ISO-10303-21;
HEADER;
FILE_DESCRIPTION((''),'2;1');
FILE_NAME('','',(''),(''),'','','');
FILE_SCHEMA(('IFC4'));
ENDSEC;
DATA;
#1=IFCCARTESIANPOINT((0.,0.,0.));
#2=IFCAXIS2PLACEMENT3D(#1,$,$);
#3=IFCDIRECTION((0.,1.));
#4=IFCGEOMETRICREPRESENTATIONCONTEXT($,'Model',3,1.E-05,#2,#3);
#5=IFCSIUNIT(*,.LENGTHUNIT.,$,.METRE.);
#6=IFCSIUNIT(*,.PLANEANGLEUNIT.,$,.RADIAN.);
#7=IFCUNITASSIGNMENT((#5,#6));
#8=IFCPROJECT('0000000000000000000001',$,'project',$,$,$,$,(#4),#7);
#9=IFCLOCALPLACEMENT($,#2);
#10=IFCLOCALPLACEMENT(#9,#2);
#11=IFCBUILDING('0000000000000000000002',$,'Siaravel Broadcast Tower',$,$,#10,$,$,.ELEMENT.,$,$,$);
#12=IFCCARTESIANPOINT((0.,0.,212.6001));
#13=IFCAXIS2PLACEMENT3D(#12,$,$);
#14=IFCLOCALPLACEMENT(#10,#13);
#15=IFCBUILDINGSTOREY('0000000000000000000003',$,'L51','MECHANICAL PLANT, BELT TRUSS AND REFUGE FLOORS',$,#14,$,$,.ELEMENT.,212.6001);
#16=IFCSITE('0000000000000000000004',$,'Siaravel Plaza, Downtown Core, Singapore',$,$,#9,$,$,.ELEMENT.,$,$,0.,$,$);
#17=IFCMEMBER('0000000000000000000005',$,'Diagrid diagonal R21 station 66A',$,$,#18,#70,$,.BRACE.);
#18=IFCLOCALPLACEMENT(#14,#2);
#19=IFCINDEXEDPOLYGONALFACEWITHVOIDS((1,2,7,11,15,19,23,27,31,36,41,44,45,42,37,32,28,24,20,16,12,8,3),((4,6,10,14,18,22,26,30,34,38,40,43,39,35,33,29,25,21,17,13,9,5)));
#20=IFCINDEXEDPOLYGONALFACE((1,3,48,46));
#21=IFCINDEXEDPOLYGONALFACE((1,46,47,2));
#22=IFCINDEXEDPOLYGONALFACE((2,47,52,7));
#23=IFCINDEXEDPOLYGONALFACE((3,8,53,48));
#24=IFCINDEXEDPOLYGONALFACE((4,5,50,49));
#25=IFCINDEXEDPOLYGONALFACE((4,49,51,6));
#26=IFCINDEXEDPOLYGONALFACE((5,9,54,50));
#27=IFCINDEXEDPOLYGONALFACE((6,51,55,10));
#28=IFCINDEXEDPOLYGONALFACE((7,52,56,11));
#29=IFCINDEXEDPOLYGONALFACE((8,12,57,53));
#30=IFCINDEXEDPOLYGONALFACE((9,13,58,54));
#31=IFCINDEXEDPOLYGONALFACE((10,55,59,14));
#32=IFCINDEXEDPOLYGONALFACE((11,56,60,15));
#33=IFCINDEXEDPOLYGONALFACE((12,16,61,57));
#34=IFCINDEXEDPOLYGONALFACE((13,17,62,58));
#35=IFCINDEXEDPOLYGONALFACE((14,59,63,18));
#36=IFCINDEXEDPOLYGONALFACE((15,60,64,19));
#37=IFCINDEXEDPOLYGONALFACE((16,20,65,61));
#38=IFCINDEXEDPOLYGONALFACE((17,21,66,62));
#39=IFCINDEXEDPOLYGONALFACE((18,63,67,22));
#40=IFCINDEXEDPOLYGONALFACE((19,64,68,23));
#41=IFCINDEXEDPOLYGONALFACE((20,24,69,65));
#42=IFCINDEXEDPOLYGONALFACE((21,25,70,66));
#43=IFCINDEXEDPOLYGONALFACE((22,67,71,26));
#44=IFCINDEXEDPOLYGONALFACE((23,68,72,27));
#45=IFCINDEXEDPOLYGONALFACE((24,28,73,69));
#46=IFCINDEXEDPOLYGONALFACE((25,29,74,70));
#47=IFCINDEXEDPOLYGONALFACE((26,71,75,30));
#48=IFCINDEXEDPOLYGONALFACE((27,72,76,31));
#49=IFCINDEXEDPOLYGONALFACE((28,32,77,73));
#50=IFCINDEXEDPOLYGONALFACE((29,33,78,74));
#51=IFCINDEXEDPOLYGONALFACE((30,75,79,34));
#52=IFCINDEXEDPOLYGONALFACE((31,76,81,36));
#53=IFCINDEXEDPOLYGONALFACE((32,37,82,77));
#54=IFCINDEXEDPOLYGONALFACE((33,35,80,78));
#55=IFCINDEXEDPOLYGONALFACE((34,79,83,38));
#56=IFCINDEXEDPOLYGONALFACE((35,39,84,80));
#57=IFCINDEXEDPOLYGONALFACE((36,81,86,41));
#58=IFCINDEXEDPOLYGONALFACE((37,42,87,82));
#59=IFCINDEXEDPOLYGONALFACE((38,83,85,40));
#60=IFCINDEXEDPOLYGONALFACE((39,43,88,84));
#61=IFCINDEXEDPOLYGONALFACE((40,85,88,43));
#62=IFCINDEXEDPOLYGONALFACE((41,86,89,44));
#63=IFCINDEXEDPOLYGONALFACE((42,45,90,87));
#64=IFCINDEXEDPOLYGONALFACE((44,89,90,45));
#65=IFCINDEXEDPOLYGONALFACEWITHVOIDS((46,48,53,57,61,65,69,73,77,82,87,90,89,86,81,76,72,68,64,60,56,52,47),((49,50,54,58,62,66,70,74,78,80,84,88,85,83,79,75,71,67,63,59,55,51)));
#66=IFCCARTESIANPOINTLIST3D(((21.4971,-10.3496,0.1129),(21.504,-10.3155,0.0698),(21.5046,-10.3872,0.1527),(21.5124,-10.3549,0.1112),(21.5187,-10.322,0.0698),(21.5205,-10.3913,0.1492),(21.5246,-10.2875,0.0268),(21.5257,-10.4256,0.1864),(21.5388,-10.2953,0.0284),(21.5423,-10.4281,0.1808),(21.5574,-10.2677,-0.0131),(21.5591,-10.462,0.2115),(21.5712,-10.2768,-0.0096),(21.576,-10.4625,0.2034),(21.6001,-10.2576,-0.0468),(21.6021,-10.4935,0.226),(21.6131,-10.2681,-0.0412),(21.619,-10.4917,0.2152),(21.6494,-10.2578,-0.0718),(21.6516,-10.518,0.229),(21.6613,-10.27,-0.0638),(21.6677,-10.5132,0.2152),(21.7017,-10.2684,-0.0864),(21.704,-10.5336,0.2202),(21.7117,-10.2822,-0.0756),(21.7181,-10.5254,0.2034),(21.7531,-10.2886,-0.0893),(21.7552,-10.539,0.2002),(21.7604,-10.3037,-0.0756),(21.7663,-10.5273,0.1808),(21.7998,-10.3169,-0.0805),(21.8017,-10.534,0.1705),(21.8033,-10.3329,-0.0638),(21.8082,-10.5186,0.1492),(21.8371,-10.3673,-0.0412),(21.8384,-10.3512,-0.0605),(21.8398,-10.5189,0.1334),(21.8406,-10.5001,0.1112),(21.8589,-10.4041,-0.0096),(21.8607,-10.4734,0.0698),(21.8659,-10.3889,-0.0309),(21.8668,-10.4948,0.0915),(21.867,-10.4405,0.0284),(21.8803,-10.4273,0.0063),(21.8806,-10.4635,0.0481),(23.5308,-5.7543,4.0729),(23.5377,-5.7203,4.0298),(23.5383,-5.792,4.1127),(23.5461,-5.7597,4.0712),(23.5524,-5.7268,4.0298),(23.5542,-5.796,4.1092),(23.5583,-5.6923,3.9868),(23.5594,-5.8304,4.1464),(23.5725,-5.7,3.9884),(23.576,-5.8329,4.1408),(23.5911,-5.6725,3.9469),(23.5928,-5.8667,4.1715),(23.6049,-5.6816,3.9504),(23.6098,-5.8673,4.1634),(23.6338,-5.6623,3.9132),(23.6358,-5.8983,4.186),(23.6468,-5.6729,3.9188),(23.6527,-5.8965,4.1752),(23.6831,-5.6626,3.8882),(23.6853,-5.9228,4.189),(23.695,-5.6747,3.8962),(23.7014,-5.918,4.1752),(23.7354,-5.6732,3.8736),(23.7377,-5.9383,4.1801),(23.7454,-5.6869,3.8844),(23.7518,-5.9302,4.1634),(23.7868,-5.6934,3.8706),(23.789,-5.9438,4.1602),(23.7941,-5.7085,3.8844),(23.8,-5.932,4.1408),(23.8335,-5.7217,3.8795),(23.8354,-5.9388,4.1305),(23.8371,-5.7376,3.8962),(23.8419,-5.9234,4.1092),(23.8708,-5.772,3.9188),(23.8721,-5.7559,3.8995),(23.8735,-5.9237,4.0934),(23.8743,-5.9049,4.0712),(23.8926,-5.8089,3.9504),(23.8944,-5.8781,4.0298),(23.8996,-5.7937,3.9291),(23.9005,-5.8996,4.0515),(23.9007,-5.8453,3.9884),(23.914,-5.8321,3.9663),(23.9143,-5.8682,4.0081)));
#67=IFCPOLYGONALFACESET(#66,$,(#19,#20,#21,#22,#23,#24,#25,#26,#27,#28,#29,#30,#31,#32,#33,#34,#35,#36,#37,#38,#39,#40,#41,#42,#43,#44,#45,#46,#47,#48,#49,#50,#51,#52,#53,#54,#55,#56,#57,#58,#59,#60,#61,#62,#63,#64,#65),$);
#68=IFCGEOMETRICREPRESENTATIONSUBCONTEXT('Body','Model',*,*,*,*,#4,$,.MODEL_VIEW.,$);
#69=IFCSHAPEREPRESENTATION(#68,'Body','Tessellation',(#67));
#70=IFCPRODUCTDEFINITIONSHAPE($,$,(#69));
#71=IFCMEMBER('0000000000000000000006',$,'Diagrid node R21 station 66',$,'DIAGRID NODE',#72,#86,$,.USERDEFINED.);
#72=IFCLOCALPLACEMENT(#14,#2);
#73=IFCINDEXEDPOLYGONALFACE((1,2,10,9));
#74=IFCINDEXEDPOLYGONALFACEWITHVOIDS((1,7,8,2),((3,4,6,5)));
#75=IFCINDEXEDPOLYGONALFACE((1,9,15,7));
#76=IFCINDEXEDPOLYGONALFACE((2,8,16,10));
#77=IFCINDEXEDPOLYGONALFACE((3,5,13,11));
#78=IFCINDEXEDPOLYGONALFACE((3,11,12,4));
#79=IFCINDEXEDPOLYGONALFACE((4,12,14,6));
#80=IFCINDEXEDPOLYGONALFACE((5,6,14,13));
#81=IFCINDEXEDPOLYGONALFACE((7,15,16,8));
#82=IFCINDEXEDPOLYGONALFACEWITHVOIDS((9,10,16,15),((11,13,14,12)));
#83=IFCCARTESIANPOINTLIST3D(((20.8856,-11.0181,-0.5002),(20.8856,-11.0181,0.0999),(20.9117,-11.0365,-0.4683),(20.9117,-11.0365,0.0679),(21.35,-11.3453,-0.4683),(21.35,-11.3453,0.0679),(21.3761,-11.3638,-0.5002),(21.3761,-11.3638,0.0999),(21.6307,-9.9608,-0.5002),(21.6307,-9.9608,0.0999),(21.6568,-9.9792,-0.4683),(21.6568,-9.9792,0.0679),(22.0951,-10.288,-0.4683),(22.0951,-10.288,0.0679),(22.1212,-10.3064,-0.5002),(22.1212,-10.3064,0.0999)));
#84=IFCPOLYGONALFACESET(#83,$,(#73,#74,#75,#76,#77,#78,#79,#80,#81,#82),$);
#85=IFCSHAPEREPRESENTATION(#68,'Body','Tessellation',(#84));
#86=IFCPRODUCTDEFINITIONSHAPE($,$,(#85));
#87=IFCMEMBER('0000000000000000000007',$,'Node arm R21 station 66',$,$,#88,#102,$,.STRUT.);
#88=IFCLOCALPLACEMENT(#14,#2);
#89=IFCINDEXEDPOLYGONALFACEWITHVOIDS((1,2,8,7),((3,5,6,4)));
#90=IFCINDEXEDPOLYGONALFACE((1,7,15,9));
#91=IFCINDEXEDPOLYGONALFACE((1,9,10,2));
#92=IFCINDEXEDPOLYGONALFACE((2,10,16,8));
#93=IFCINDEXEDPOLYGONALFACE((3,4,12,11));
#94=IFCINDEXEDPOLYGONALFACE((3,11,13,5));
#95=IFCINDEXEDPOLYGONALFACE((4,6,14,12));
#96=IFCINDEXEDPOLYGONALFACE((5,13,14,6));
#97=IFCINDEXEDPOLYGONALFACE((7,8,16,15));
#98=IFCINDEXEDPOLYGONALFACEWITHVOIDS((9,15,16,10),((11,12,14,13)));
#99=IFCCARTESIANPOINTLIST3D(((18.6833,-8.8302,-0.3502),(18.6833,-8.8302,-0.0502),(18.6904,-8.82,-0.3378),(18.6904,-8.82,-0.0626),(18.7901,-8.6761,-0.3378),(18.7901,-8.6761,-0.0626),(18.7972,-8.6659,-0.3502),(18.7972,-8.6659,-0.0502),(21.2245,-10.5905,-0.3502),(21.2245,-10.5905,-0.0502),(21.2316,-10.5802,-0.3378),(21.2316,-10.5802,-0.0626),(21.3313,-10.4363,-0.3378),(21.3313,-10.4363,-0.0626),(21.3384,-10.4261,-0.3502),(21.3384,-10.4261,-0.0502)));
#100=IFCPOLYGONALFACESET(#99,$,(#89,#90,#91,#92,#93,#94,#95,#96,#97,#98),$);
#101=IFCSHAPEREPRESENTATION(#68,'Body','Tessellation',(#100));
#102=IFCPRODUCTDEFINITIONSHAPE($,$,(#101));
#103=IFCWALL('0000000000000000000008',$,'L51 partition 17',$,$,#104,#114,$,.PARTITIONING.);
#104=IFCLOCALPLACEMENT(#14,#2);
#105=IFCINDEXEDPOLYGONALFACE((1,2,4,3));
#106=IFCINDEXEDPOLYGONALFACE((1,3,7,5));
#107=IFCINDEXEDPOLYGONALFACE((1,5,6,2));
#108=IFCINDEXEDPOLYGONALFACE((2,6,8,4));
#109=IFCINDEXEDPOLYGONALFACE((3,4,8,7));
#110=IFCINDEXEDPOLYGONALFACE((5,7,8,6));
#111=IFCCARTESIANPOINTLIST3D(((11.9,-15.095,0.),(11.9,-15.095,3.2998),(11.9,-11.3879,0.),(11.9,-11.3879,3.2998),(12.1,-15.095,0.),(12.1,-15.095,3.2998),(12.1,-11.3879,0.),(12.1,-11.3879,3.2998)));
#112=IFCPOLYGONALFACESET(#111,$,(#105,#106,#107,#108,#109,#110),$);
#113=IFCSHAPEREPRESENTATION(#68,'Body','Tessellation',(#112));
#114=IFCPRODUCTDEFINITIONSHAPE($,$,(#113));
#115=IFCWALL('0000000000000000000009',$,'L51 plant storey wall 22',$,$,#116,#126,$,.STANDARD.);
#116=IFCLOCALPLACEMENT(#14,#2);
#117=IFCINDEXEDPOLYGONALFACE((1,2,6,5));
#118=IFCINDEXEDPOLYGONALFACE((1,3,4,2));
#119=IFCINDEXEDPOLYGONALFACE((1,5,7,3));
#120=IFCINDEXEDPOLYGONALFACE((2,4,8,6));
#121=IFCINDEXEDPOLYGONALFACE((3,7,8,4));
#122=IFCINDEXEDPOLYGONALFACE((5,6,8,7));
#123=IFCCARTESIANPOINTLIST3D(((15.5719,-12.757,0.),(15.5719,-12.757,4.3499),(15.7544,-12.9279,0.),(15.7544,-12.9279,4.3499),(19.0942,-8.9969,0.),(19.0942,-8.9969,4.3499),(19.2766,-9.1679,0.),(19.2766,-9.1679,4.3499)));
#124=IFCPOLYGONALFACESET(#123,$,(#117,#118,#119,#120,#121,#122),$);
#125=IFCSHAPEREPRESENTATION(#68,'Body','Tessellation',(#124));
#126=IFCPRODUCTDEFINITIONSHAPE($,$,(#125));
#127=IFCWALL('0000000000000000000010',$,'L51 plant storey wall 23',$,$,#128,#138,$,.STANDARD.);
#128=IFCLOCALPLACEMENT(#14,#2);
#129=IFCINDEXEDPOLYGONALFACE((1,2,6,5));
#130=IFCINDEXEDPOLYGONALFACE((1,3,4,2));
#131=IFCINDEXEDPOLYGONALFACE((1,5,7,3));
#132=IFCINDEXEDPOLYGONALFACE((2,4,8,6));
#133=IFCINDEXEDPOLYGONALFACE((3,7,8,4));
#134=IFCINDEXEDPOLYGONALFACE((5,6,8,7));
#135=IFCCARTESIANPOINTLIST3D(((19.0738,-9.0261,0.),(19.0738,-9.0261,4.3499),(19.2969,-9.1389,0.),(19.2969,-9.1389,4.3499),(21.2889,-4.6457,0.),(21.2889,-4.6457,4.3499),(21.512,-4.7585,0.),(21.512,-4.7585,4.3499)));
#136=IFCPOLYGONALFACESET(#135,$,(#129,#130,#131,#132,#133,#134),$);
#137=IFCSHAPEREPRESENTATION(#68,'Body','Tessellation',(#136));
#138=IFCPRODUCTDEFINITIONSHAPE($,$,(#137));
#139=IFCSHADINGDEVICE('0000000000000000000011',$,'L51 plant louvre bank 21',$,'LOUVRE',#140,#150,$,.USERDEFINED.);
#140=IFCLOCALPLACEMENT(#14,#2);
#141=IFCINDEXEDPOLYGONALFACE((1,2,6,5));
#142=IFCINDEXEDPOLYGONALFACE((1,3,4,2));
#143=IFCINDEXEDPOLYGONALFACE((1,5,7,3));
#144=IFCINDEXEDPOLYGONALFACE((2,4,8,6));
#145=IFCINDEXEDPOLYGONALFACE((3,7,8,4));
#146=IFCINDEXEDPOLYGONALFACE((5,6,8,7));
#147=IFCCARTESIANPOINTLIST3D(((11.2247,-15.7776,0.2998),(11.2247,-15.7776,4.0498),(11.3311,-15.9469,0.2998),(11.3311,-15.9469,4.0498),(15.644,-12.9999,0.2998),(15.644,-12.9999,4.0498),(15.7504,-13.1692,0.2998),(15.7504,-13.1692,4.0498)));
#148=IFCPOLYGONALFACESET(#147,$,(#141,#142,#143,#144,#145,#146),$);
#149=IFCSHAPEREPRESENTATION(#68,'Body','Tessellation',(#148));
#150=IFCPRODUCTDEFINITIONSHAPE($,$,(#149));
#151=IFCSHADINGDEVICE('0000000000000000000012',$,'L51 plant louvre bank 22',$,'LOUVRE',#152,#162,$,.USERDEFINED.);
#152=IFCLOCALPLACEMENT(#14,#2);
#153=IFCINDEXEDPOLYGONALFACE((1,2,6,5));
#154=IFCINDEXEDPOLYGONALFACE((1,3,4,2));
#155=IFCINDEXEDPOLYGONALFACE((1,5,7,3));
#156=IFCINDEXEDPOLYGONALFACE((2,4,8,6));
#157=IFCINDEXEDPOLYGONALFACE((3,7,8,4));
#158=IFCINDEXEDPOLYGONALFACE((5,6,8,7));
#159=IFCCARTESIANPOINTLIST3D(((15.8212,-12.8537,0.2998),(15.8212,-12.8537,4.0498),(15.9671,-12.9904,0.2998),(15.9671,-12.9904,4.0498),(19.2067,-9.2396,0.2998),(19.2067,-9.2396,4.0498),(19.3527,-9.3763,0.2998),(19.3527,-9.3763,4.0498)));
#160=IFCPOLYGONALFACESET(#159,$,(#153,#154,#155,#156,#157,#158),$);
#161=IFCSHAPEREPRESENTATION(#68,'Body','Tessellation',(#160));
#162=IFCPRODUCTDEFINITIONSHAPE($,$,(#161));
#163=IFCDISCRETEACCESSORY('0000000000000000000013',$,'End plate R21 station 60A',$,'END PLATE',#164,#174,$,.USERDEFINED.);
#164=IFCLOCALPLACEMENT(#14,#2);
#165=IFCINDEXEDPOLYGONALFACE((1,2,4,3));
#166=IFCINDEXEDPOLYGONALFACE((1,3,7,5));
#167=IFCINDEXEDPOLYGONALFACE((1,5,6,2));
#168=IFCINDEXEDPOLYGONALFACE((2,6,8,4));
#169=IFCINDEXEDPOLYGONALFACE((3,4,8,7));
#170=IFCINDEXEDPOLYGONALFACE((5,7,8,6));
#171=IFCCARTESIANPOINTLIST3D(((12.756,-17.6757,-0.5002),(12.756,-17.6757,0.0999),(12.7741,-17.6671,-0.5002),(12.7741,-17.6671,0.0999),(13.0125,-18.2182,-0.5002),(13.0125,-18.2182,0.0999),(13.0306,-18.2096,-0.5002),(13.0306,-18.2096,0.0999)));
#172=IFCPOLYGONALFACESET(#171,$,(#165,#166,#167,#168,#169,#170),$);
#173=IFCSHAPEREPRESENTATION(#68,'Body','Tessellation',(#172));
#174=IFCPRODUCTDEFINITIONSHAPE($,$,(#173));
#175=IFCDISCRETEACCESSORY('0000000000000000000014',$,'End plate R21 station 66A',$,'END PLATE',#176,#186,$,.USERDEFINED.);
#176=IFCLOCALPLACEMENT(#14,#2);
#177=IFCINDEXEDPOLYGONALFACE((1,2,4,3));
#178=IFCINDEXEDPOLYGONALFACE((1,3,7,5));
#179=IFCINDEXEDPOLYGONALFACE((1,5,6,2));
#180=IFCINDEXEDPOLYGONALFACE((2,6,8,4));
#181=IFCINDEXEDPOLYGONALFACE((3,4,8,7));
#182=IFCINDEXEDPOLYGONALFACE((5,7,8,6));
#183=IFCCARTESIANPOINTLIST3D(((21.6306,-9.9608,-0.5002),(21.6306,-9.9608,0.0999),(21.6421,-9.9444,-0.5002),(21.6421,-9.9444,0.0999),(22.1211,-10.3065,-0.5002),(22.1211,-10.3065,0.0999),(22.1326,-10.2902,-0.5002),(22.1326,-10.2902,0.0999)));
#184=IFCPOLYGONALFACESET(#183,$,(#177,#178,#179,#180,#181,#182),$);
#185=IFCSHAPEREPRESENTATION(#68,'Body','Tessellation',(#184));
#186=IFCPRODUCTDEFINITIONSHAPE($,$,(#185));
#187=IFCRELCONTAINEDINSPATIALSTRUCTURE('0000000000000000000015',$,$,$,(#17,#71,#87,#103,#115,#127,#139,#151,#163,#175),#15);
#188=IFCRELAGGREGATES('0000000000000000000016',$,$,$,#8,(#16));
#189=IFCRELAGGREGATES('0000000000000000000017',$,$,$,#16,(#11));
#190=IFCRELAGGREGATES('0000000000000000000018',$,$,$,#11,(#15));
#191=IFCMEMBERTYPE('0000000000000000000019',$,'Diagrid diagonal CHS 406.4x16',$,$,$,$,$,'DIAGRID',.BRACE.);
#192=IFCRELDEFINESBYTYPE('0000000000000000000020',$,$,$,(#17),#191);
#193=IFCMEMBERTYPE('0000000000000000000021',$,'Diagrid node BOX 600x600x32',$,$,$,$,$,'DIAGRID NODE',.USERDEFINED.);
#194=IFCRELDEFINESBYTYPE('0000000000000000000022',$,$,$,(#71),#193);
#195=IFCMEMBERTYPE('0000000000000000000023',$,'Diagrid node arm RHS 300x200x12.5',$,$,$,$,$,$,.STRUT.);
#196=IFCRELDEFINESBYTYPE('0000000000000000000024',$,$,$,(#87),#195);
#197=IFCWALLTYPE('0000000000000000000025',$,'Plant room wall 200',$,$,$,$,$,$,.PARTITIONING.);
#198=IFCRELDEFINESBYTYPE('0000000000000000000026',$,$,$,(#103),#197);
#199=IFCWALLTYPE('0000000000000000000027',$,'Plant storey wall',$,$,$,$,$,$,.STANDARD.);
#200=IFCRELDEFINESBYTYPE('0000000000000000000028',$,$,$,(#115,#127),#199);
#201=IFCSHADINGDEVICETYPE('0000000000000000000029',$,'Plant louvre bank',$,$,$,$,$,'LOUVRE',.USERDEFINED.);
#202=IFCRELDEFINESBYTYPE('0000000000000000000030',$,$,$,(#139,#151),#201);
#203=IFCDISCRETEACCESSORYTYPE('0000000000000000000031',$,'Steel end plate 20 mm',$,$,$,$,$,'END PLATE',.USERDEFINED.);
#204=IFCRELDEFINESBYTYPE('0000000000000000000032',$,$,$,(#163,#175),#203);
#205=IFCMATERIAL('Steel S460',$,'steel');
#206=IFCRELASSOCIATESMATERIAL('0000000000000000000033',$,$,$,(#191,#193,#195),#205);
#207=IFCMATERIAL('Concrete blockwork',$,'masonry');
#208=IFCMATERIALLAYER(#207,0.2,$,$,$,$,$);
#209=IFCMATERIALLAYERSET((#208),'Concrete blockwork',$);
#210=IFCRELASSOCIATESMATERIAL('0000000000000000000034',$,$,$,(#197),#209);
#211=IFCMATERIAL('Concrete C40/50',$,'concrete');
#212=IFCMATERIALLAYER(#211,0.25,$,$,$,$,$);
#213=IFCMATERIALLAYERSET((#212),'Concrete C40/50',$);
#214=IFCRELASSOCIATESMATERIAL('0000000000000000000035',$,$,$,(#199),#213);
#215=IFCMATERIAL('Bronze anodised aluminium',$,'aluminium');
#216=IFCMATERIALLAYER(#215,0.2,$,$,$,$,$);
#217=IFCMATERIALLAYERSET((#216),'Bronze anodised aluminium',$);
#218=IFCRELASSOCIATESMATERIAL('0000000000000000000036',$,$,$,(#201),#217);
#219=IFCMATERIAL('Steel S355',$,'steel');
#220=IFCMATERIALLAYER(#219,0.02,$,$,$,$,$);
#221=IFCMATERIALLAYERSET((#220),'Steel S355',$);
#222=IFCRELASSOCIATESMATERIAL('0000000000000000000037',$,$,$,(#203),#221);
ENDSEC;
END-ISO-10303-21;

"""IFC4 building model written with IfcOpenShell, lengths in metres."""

from ifc_helpers import new_model, si_unit, direction, frame, frame_2d, origin, origin_2d, place, context, subcontext, project, spatial, rectangle, hollow_rectangle, hollow_circle, extrude, material, layer, layer_set, material_profile, profile_set, type_object, element, save


model = new_model("IFC4")

# Units and contexts
model_context = context("Model", 3, precision=1e-05, world=origin(), true_north=direction((0.0, 1.0)))
body_context = subcontext(model_context, "Body", "Model", "MODEL_VIEW")
ifc_project = project(units=[si_unit("LENGTHUNIT", "METRE"), si_unit("PLANEANGLEUNIT", "RADIAN")], contexts=[model_context])

# Site, building, storey
site_placement = place(None, origin())
site = spatial("IfcSite", under=ifc_project, at=site_placement, Name="Siaravel Plaza, Downtown Core, Singapore", CompositionType="ELEMENT", RefElevation=0.0)
building_placement = place(site_placement, origin())
building = spatial("IfcBuilding", under=site, at=building_placement, Name="Siaravel Broadcast Tower", CompositionType="ELEMENT")
storey_placement = place(building_placement, frame((0.0, 0.0, 212.6001)))
storey = spatial("IfcBuildingStorey", under=building, at=storey_placement, Name="L51", Description="MECHANICAL PLANT, BELT TRUSS AND REFUGE FLOORS", CompositionType="ELEMENT", Elevation=212.6001)

# Shared definitions
ifc_material_1 = material(Name="Steel S355", Category="steel")
ifc_material_2 = material(Name="Steel S460", Category="steel")

# Members
ifc_material_profile_1 = material_profile(ifc_material_2, hollow_circle(Radius=0.2031, WallThickness=0.0161, at=origin_2d()))
ifc_profile_set_1 = profile_set([ifc_material_profile_1], Name="Steel S460")
member_type_1 = type_object("IfcMemberType", Name="Diagrid diagonal CHS 406.4x16", ElementType="DIAGRID", PredefinedType="BRACE", material=ifc_profile_set_1)
member_1_placement = place(storey_placement, frame((21.6897, -10.3977, 0.0698), z_axis=(0.317868, 0.718237, 0.618946), x_axis=(-0.914448, 0.404704, 0.0)))
element("IfcMember", 1, at=member_1_placement, inside=storey, type_object=member_type_1, Name="Diagrid diagonal R21 station 66A", PredefinedType="BRACE", context=body_context, shape_type="SweptSolid", body=[
    extrude(hollow_circle(Radius=0.2031, WallThickness=0.0161, at=origin_2d()), origin(), (0.0, 0.0, 1.0), 6.3979),
])
ifc_material_profile_2 = material_profile(ifc_material_2, hollow_rectangle(XDim=0.6001, YDim=0.6001, WallThickness=0.032, at=origin_2d()))
ifc_profile_set_2 = profile_set([ifc_material_profile_2], Name="Steel S460")
member_type_2 = type_object("IfcMemberType", Name="Diagrid node BOX 600x600x32", ElementType="DIAGRID NODE", PredefinedType="USERDEFINED", material=ifc_profile_set_2)
member_2_placement = place(storey_placement, frame((21.1309, -11.1909, -0.2002), z_axis=(0.576031, 0.817428, 0.0), x_axis=(-0.817428, 0.576031, 0.0)))
element("IfcMember", 2, at=member_2_placement, inside=storey, type_object=member_type_2, Name="Diagrid node R21 station 66", ObjectType="DIAGRID NODE", PredefinedType="USERDEFINED", context=body_context, shape_type="SweptSolid", body=[
    extrude(hollow_rectangle(XDim=0.6001, YDim=0.6001, WallThickness=0.032, at=origin_2d()), origin(), (0.0, 0.0, 1.0), 1.2935),
])
ifc_material_profile_3 = material_profile(ifc_material_2, hollow_rectangle(XDim=0.2, YDim=0.3, WallThickness=0.0125, at=origin_2d()))
ifc_profile_set_3 = profile_set([ifc_material_profile_3], Name="Steel S460")
member_type_3 = type_object("IfcMemberType", Name="Diagrid node arm RHS 300x200x12.5", PredefinedType="STRUT", material=ifc_profile_set_3)
member_3_placement = place(storey_placement, frame((18.7402, -8.748, -0.2002), z_axis=(0.822053, -0.569411, 0.0), x_axis=(0.569411, 0.822053, 0.0)))
element("IfcMember", 3, at=member_3_placement, inside=storey, type_object=member_type_3, Name="Node arm R21 station 66", PredefinedType="STRUT", context=body_context, shape_type="SweptSolid", body=[
    extrude(hollow_rectangle(XDim=0.2, YDim=0.3, WallThickness=0.0125, at=origin_2d()), origin(), (0.0, 0.0, 1.0), 3.0913),
])

# Walls
ifc_material_3 = material(Name="Concrete blockwork", Category="masonry")
ifc_layer_1 = layer(ifc_material_3, 0.2)
ifc_layer_set_1 = layer_set([ifc_layer_1], Name="Concrete blockwork")
wall_type_1 = type_object("IfcWallType", Name="Plant room wall 200", PredefinedType="PARTITIONING", material=ifc_layer_set_1)
wall_1_placement = place(storey_placement, frame((12.0, -15.095, 0.0), z_axis=(0.0, 0.0, 1.0), x_axis=(0.0, 1.0, 0.0)))
element("IfcWall", 4, at=wall_1_placement, inside=storey, type_object=wall_type_1, Name="L51 partition 17", PredefinedType="PARTITIONING", context=body_context, shape_type="SweptSolid", body=[
    extrude(rectangle(XDim=3.707, YDim=0.2, at=frame_2d((1.8535, 0.0))), origin(), (0.0, 0.0, 1.0), 3.2998),
])
ifc_material_4 = material(Name="Concrete C40/50", Category="concrete")
ifc_layer_2 = layer(ifc_material_4, 0.25)
ifc_layer_set_2 = layer_set([ifc_layer_2], Name="Concrete C40/50")
wall_type_2 = type_object("IfcWallType", Name="Plant storey wall", PredefinedType="STANDARD", material=ifc_layer_set_2)
wall_2_placement = place(storey_placement, frame((15.6631, -12.8425, 0.0), z_axis=(0.0, 0.0, 1.0), x_axis=(0.683653, 0.729808, 0.0)))
element("IfcWall", 5, at=wall_2_placement, inside=storey, type_object=wall_type_2, Name="L51 plant storey wall 22", PredefinedType="STANDARD", context=body_context, shape_type="SweptSolid", body=[
    extrude(rectangle(XDim=5.1521, YDim=0.25, at=frame_2d((2.5762, 0.0))), origin(), (0.0, 0.0, 1.0), 4.3499),
])
wall_3_placement = place(storey_placement, frame((19.1853, -9.0825, 0.0), z_axis=(0.0, 0.0, 1.0), x_axis=(0.451268, 0.892389, 0.0)))
element("IfcWall", 6, at=wall_3_placement, inside=storey, type_object=wall_type_2, Name="L51 plant storey wall 23", PredefinedType="STANDARD", context=body_context, shape_type="SweptSolid", body=[
    extrude(rectangle(XDim=4.9087, YDim=0.25, at=frame_2d((2.4543, 0.0))), origin(), (0.0, 0.0, 1.0), 4.3499),
])

# Shading devices
ifc_material_5 = material(Name="Bronze anodised aluminium", Category="aluminium")
ifc_layer_3 = layer(ifc_material_5, 0.2)
ifc_layer_set_3 = layer_set([ifc_layer_3], Name="Bronze anodised aluminium")
shading_device_type = type_object("IfcShadingDeviceType", Name="Plant louvre bank", ElementType="LOUVRE", PredefinedType="USERDEFINED", material=ifc_layer_set_3)
shading_device_1_placement = place(storey_placement, frame((13.4875, -14.4734, 0.2998), z_axis=(0.0, 0.0, 1.0), x_axis=(0.84665, 0.532149, 0.0)))
element("IfcShadingDevice", 7, at=shading_device_1_placement, inside=storey, type_object=shading_device_type, Name="L51 plant louvre bank 21", ObjectType="LOUVRE", PredefinedType="USERDEFINED", context=body_context, shape_type="SweptSolid", body=[
    extrude(rectangle(XDim=5.2197, YDim=0.2, at=origin_2d()), origin(), (0.0, 0.0, 1.0), 3.75),
])
shading_device_2_placement = place(storey_placement, frame((17.5869, -11.115, 0.2998), z_axis=(0.0, 0.0, 1.0), x_axis=(0.683656, 0.729804, 0.0)))
element("IfcShadingDevice", 8, at=shading_device_2_placement, inside=storey, type_object=shading_device_type, Name="L51 plant louvre bank 22", ObjectType="LOUVRE", PredefinedType="USERDEFINED", context=body_context, shape_type="SweptSolid", body=[
    extrude(rectangle(XDim=4.9521, YDim=0.2, at=origin_2d()), origin(), (0.0, 0.0, 1.0), 3.75),
])

# Discrete accessories
ifc_layer_4 = layer(ifc_material_1, 0.02)
ifc_layer_set_4 = layer_set([ifc_layer_4], Name="Steel S355")
discrete_accessory_type = type_object("IfcDiscreteAccessoryType", Name="Steel end plate 20 mm", ElementType="END PLATE", PredefinedType="USERDEFINED", material=ifc_layer_set_4)
for number, where, z_axis, x_axis, name in (
    (9, (12.8933, -17.9426, -0.5002), (0.0, 0.0, 1.0), (0.904006, 0.427519, 0.0), "End plate R21 station 60A"),
    (10, (21.8816, -10.1255, -0.5002), (0.0, 0.0, 1.0), (0.576119, 0.817366, 0.0), "End plate R21 station 66A"),
):
    element("IfcDiscreteAccessory", number, at=place(storey_placement, frame(where, z_axis=z_axis, x_axis=x_axis)), inside=storey, type_object=discrete_accessory_type, Name=name, ObjectType="END PLATE", PredefinedType="USERDEFINED", context=body_context, shape_type="SweptSolid", body=[
        extrude(rectangle(XDim=0.02, YDim=0.6001, at=origin_2d()), origin(), (0.0, 0.0, 1.0), 0.6001),
    ])

save(model, "model.ifc")
